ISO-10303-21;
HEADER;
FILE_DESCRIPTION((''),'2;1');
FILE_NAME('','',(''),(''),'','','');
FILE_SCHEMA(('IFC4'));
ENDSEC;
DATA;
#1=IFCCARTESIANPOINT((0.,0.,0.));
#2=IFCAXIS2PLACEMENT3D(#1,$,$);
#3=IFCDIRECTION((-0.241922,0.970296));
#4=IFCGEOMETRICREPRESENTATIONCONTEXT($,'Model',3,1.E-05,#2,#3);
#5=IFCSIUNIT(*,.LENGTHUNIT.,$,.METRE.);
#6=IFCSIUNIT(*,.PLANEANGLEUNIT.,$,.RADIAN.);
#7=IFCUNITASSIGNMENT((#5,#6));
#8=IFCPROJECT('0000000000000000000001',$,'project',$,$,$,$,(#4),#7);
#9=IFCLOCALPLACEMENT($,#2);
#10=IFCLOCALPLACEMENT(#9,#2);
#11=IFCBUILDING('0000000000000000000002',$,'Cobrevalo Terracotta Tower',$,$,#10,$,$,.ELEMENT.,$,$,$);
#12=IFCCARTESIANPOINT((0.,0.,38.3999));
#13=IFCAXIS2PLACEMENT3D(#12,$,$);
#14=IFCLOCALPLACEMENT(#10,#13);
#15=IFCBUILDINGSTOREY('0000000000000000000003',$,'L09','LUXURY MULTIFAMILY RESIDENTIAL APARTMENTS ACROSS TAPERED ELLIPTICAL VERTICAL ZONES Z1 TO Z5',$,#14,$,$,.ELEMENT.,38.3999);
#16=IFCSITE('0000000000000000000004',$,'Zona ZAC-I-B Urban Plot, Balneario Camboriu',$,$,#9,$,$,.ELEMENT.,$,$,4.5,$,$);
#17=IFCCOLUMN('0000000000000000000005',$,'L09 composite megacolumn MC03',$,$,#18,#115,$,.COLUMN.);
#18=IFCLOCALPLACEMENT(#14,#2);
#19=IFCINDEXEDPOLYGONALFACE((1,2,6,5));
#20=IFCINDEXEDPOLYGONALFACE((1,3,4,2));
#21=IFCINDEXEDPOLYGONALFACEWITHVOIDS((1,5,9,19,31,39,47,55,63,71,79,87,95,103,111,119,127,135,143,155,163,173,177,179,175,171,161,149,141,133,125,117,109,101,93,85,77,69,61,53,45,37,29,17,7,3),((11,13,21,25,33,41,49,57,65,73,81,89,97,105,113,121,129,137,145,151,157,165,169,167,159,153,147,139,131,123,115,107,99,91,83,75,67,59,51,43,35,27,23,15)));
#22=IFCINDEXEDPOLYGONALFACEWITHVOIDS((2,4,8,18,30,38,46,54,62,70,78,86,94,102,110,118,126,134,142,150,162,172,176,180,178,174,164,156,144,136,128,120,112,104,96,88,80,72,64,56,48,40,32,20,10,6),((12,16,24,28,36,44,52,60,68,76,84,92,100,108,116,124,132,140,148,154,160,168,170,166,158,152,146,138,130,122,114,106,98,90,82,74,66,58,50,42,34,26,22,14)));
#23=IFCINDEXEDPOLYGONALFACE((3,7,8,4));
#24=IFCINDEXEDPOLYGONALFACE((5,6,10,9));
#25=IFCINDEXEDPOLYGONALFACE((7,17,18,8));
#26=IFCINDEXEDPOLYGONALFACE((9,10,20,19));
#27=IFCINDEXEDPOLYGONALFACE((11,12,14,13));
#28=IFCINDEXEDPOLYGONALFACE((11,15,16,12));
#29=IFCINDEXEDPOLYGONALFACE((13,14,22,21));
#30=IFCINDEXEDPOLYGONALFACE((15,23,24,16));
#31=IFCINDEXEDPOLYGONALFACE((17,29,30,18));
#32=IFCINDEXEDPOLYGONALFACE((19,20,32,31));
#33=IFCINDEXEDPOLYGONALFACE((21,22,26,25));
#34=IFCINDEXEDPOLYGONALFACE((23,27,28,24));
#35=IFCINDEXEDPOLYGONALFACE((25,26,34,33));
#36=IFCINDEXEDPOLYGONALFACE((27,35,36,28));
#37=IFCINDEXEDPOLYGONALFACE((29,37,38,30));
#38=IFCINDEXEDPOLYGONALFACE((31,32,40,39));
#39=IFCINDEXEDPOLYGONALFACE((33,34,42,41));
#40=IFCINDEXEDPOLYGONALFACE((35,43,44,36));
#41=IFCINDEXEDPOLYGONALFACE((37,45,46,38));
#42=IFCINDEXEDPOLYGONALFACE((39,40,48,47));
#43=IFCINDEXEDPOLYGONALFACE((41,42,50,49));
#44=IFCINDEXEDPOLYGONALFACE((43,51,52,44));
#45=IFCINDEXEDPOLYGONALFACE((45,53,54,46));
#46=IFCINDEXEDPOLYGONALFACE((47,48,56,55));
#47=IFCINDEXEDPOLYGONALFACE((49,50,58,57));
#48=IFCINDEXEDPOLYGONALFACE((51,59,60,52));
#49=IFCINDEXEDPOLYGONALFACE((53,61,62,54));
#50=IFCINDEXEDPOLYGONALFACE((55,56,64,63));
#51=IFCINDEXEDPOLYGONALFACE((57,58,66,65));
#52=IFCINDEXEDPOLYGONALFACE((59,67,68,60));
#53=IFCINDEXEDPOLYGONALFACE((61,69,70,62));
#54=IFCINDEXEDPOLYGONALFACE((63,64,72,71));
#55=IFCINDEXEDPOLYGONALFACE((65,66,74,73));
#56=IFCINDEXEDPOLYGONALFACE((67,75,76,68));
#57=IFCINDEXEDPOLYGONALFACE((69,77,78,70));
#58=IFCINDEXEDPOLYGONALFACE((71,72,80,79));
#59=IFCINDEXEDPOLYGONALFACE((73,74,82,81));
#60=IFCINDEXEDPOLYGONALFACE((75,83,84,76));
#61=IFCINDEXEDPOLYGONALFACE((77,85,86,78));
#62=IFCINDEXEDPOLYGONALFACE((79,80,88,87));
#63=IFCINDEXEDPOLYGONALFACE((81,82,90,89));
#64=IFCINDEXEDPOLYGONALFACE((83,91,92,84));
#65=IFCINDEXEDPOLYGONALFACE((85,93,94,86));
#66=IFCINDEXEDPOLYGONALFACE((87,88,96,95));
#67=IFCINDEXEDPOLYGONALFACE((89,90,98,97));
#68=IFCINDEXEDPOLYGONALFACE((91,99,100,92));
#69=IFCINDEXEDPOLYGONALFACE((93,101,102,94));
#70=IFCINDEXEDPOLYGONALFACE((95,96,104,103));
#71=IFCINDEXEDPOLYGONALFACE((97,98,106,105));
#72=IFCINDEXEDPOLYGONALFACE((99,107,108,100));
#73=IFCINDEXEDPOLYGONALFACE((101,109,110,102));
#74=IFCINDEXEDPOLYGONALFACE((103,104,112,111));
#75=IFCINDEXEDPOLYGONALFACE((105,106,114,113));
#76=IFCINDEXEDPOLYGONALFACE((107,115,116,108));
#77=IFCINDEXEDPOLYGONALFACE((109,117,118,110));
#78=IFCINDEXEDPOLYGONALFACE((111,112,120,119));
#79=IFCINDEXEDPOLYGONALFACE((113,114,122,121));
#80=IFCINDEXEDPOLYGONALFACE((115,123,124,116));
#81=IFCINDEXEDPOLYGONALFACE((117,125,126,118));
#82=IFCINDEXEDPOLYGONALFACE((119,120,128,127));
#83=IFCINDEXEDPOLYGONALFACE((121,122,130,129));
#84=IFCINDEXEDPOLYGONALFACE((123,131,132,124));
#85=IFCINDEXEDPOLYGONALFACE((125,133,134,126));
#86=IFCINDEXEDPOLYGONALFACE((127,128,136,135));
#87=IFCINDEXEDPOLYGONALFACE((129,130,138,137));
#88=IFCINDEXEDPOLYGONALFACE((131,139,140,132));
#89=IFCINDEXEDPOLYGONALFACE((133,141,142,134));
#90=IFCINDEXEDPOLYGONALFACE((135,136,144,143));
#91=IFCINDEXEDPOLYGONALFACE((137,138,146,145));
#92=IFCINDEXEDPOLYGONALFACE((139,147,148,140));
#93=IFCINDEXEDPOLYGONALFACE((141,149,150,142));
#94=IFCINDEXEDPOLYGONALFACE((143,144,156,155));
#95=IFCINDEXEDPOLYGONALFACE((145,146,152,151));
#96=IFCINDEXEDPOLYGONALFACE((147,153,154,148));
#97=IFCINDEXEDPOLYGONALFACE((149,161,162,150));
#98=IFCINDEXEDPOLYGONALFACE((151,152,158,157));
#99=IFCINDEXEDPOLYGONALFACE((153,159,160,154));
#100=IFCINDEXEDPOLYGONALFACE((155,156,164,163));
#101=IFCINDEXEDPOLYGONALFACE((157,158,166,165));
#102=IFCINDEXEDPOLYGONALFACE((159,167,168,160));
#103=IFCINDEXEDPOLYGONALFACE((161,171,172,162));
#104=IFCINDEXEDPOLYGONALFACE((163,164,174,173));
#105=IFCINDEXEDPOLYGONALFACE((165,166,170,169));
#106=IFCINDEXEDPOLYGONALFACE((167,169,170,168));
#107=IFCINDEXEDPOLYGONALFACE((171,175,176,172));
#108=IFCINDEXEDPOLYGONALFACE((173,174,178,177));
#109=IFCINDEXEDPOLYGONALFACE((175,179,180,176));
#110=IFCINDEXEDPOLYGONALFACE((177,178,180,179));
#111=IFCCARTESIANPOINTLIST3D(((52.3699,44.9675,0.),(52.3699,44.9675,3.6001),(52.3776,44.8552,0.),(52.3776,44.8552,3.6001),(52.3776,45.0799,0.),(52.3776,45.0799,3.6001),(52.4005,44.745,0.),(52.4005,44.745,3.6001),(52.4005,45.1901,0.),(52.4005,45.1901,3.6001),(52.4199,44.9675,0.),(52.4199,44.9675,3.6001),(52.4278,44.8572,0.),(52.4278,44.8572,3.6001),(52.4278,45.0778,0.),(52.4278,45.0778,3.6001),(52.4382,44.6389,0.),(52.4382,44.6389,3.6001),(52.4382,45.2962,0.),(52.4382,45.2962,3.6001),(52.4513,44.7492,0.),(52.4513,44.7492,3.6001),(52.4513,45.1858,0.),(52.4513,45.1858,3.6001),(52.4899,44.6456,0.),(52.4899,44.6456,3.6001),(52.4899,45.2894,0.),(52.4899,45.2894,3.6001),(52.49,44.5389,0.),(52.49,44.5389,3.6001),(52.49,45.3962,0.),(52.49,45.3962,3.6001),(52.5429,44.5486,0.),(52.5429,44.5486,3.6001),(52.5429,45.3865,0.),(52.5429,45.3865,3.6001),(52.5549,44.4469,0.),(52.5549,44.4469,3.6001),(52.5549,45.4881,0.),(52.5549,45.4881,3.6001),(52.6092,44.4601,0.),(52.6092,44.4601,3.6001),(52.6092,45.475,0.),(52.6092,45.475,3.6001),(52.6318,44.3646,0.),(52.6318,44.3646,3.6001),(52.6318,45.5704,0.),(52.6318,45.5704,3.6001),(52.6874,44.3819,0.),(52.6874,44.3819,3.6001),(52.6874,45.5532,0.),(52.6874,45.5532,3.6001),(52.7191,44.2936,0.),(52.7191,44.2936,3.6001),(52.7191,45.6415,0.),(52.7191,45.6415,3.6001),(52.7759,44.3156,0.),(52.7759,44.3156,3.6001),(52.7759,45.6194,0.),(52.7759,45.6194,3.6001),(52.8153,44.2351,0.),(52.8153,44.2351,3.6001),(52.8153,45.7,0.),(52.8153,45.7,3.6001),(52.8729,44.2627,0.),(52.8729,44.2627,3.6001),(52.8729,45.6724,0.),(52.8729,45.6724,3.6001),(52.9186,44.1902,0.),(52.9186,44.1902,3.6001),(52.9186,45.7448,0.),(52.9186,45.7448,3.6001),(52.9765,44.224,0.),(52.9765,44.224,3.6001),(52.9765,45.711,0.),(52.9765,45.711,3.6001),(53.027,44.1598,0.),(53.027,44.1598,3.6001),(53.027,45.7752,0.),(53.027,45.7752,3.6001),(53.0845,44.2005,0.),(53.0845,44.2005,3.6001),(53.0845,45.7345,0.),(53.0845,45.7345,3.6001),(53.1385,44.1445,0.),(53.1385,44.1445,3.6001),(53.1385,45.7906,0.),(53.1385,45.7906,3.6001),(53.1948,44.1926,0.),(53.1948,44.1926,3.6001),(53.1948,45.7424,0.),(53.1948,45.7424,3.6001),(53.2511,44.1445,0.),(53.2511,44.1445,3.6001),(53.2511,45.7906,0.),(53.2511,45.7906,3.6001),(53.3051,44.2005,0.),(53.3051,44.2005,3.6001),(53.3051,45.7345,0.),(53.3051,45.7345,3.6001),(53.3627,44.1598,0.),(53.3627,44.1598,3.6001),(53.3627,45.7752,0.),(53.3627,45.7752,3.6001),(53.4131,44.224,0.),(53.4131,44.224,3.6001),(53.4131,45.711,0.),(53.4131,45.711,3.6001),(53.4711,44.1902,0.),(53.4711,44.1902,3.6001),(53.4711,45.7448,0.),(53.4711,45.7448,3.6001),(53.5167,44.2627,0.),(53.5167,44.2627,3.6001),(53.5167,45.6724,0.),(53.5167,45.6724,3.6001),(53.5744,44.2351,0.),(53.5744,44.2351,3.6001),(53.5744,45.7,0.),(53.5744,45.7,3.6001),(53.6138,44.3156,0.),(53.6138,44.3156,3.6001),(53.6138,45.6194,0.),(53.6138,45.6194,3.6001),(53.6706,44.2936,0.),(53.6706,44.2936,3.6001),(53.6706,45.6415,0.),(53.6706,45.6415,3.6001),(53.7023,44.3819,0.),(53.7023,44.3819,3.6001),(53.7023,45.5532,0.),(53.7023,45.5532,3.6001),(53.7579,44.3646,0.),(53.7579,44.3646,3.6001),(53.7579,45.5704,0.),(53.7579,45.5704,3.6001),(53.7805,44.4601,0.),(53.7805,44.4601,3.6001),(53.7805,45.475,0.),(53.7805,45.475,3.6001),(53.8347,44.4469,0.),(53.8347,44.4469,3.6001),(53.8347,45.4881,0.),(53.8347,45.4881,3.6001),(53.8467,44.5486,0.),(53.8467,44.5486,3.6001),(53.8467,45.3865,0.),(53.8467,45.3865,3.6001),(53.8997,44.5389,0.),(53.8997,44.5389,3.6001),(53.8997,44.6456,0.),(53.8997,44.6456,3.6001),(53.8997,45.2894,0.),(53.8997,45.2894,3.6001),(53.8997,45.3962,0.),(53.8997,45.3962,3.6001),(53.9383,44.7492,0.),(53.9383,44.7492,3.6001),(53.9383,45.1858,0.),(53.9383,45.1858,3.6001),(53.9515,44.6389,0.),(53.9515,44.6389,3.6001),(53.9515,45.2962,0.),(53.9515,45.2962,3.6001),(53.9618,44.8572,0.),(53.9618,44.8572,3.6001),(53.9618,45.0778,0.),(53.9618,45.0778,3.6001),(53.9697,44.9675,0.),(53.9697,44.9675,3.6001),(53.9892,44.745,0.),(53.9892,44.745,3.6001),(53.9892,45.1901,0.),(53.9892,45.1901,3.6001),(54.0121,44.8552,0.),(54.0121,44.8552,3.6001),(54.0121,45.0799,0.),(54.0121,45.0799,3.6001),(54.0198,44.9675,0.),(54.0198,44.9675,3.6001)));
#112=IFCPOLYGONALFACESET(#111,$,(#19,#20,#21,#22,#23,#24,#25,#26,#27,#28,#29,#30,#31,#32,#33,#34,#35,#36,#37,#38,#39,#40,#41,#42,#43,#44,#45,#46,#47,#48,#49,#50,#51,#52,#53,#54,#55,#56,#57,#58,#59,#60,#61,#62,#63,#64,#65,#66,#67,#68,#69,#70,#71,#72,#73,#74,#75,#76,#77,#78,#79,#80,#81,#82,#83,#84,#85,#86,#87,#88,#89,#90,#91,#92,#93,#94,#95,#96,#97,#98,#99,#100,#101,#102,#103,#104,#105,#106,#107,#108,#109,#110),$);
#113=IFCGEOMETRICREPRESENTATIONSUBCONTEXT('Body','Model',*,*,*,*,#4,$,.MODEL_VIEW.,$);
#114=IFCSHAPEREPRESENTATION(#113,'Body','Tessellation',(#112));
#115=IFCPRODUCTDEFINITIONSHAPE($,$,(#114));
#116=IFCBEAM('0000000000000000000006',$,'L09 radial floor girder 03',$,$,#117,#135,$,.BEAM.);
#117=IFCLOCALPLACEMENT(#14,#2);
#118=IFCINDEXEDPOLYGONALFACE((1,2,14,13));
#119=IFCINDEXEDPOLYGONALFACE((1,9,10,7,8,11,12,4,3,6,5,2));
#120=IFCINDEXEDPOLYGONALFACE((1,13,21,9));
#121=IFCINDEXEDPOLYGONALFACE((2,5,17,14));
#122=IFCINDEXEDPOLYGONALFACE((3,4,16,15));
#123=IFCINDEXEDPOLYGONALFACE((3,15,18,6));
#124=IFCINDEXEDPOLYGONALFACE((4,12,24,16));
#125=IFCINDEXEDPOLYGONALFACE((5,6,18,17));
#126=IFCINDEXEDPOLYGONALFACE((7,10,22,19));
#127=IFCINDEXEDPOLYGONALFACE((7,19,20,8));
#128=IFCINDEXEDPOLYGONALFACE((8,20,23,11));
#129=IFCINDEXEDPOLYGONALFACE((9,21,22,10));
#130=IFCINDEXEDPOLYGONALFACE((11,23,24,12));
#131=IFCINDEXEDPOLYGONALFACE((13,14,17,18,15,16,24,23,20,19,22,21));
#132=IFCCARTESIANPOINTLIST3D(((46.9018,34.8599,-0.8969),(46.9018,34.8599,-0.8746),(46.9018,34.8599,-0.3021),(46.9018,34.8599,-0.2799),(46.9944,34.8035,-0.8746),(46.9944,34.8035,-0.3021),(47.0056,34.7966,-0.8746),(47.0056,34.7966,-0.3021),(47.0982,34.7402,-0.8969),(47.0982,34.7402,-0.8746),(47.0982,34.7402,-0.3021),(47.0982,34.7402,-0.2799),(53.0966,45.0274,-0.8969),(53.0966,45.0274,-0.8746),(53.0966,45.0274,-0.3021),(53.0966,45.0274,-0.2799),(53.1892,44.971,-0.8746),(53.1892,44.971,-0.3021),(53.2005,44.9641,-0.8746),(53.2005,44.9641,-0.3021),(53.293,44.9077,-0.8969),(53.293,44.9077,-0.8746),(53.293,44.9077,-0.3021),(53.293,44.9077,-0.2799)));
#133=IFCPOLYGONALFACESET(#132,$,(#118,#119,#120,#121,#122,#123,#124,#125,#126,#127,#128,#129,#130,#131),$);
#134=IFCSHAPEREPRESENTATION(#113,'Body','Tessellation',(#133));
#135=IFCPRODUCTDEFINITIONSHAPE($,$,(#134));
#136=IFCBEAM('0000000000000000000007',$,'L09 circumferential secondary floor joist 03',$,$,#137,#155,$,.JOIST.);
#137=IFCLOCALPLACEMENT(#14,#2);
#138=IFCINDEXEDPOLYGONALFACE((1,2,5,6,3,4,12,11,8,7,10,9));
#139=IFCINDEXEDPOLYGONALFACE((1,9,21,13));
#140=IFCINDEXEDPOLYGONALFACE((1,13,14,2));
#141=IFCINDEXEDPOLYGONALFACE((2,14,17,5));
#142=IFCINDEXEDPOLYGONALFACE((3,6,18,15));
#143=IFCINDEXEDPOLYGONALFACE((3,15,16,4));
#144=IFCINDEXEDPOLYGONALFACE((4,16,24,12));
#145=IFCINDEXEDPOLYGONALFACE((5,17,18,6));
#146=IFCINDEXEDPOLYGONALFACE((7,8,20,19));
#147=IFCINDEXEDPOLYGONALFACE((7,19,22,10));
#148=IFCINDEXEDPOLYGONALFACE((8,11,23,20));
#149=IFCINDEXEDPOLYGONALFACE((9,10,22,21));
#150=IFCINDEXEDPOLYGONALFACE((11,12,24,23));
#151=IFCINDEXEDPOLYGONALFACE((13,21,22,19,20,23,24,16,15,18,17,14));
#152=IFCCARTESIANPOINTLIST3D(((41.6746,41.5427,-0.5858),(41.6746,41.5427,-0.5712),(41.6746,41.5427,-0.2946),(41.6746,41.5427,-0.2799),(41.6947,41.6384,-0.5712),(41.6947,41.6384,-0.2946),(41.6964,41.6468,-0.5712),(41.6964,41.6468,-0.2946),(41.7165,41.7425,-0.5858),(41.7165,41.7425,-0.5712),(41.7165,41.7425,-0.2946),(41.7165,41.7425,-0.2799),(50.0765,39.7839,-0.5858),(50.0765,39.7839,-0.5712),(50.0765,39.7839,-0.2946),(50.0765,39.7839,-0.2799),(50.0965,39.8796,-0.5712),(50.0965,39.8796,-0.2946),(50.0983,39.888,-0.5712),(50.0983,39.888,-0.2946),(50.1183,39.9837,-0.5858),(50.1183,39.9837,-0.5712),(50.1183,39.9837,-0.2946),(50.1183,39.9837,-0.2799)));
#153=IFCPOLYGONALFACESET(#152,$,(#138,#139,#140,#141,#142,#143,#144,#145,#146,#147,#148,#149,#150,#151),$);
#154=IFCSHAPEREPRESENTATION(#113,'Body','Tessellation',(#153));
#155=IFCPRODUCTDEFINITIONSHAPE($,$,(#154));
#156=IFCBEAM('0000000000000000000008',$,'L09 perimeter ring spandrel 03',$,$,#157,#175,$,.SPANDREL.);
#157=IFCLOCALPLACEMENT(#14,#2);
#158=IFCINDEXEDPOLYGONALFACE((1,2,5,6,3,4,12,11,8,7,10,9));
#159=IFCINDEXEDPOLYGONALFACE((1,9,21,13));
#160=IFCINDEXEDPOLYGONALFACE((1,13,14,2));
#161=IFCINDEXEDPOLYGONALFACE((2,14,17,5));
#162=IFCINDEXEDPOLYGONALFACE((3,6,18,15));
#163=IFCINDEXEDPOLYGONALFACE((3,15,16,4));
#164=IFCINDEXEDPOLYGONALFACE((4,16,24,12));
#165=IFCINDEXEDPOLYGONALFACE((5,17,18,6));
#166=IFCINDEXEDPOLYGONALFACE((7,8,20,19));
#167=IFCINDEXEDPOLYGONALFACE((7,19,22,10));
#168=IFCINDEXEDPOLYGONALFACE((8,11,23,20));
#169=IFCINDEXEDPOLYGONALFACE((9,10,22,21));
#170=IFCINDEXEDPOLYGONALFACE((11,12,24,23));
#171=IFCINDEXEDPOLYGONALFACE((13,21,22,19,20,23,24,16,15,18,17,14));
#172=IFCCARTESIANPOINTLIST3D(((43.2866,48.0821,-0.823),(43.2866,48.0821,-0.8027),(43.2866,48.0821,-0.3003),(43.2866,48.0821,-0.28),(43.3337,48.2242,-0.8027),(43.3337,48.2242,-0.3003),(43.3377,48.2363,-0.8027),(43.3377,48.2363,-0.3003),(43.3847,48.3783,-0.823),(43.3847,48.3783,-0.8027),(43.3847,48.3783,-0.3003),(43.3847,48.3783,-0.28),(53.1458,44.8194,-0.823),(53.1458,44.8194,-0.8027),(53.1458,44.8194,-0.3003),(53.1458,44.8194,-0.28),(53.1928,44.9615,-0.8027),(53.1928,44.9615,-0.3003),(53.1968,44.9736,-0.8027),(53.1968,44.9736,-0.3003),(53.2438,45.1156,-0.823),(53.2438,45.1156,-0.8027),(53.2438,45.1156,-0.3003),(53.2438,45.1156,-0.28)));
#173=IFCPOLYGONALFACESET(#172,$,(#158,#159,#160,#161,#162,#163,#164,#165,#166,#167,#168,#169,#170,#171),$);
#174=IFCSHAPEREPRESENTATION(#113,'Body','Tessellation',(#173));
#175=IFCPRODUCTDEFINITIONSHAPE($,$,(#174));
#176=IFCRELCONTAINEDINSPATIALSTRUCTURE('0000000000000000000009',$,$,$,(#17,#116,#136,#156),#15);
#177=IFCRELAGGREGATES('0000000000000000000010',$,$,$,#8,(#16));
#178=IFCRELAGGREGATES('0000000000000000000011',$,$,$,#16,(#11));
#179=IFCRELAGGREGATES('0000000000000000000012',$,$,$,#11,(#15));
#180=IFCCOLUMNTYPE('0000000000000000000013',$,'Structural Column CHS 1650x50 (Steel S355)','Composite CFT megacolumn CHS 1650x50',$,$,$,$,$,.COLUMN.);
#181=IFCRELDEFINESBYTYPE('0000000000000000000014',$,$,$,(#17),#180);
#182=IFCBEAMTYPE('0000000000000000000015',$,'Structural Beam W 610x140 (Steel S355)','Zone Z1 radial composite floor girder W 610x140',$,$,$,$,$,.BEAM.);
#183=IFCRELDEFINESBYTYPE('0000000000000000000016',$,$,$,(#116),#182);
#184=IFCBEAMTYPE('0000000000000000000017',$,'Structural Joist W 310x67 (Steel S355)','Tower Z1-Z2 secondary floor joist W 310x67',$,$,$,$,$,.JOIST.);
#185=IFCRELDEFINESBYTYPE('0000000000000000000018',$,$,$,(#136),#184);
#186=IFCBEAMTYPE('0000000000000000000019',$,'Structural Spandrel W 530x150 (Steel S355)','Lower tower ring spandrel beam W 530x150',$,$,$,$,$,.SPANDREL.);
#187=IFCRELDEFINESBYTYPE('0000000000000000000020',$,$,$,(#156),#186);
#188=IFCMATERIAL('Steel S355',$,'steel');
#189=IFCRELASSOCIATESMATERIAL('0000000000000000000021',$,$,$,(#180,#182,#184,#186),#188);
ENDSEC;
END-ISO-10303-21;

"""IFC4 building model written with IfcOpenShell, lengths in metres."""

from ifc_helpers import new_model, si_unit, direction, frame, origin, origin_2d, place, context, subcontext, project, spatial, hollow_circle, i_section, extrude, material, material_profile, profile_set, type_object, element, save


model = new_model("IFC4")

# Units and contexts
model_context = context("Model", 3, precision=1e-05, world=origin(), true_north=direction((-0.241922, 0.970296)))
body_context = subcontext(model_context, "Body", "Model", "MODEL_VIEW")
ifc_project = project(units=[si_unit("LENGTHUNIT", "METRE"), si_unit("PLANEANGLEUNIT", "RADIAN")], contexts=[model_context])

# Site, building, storey
site_placement = place(None, origin())
site = spatial("IfcSite", under=ifc_project, at=site_placement, Name="Zona ZAC-I-B Urban Plot, Balneario Camboriu", CompositionType="ELEMENT", RefElevation=4.5)
building_placement = place(site_placement, origin())
building = spatial("IfcBuilding", under=site, at=building_placement, Name="Cobrevalo Terracotta Tower", CompositionType="ELEMENT")
storey_placement = place(building_placement, frame((0.0, 0.0, 38.3999)))
storey = spatial("IfcBuildingStorey", under=building, at=storey_placement, Name="L09", Description="LUXURY MULTIFAMILY RESIDENTIAL APARTMENTS ACROSS TAPERED ELLIPTICAL VERTICAL ZONES Z1 TO Z5", CompositionType="ELEMENT", Elevation=38.3999)

# Column
ifc_material_1 = material(Name="Steel S355", Category="steel")
ifc_material_profile_1 = material_profile(ifc_material_1, hollow_circle(Radius=0.825, WallThickness=0.05, at=origin_2d()), Name="CHS 1650x50")
ifc_profile_set_1 = profile_set([ifc_material_profile_1], Name="Steel S355")
column_type = type_object("IfcColumnType", Name="Structural Column CHS 1650x50 (Steel S355)", Description="Composite CFT megacolumn CHS 1650x50", PredefinedType="COLUMN", material=ifc_profile_set_1)
column_placement = place(storey_placement, frame((53.1948, 44.9675, 0.0), z_axis=(0.0, 0.0, 1.0), x_axis=(1.0, 0.0, 0.0)))
element("IfcColumn", 1, at=column_placement, inside=storey, type_object=column_type, Name="L09 composite megacolumn MC03", PredefinedType="COLUMN", context=body_context, shape_type="SweptSolid", body=[
    extrude(hollow_circle(Radius=0.825, WallThickness=0.05, at=origin_2d()), origin(), (0.0, 0.0, 1.0), 3.6001),
])

# Beams
ifc_material_profile_2 = material_profile(ifc_material_1, i_section(OverallWidth=0.23, OverallDepth=0.6169, WebThickness=0.0132, FlangeThickness=0.0222, at=origin_2d()), Name="W 610x140")
ifc_profile_set_2 = profile_set([ifc_material_profile_2], Name="Steel S355")
beam_type_1 = type_object("IfcBeamType", Name="Structural Beam W 610x140 (Steel S355)", Description="Zone Z1 radial composite floor girder W 610x140", PredefinedType="BEAM", material=ifc_profile_set_2)
beam_1_placement = place(storey_placement, frame((53.1948, 44.9675, -0.5884), z_axis=(-0.52031, -0.853978, 0.0), x_axis=(0.853978, -0.52031, 0.0)))
element("IfcBeam", 2, at=beam_1_placement, inside=storey, type_object=beam_type_1, Name="L09 radial floor girder 03", PredefinedType="BEAM", context=body_context, shape_type="SweptSolid", body=[
    extrude(i_section(OverallWidth=0.23, OverallDepth=0.6169, WebThickness=0.0132, FlangeThickness=0.0222, at=origin_2d()), origin(), (0.0, 0.0, 1.0), 11.906),
])
ifc_material_profile_3 = material_profile(ifc_material_1, i_section(OverallWidth=0.2041, OverallDepth=0.3059, WebThickness=0.0085, FlangeThickness=0.0146, at=origin_2d()), Name="W 310x67")
ifc_profile_set_3 = profile_set([ifc_material_profile_3], Name="Steel S355")
beam_type_2 = type_object("IfcBeamType", Name="Structural Joist W 310x67 (Steel S355)", Description="Tower Z1-Z2 secondary floor joist W 310x67", PredefinedType="JOIST", material=ifc_profile_set_3)
beam_2_placement = place(storey_placement, frame((50.0974, 39.8838, -0.4329), z_axis=(-0.978785, 0.204892, 0.0), x_axis=(-0.204892, -0.978785, 0.0)))
element("IfcBeam", 3, at=beam_2_placement, inside=storey, type_object=beam_type_2, Name="L09 circumferential secondary floor joist 03", PredefinedType="JOIST", context=body_context, shape_type="SweptSolid", body=[
    extrude(i_section(OverallWidth=0.2041, OverallDepth=0.3059, WebThickness=0.0085, FlangeThickness=0.0146, at=origin_2d()), origin(), (0.0, 0.0, 1.0), 8.584),
])
ifc_material_profile_4 = material_profile(ifc_material_1, i_section(OverallWidth=0.312, OverallDepth=0.543, WebThickness=0.0127, FlangeThickness=0.0203, at=origin_2d()), Name="W 530x150")
ifc_profile_set_4 = profile_set([ifc_material_profile_4], Name="Steel S355")
beam_type_3 = type_object("IfcBeamType", Name="Structural Spandrel W 530x150 (Steel S355)", Description="Lower tower ring spandrel beam W 530x150", PredefinedType="SPANDREL", material=ifc_profile_set_4)
beam_3_placement = place(storey_placement, frame((53.1948, 44.9675, -0.5515), z_axis=(-0.949365, 0.314175, 0.0), x_axis=(-0.314175, -0.949365, 0.0)))
element("IfcBeam", 4, at=beam_3_placement, inside=storey, type_object=beam_type_3, Name="L09 perimeter ring spandrel 03", PredefinedType="SPANDREL", context=body_context, shape_type="SweptSolid", body=[
    extrude(i_section(OverallWidth=0.312, OverallDepth=0.543, WebThickness=0.0127, FlangeThickness=0.0203, at=origin_2d()), origin(), (0.0, 0.0, 1.0), 10.385),
])

save(model, "model.ifc")
